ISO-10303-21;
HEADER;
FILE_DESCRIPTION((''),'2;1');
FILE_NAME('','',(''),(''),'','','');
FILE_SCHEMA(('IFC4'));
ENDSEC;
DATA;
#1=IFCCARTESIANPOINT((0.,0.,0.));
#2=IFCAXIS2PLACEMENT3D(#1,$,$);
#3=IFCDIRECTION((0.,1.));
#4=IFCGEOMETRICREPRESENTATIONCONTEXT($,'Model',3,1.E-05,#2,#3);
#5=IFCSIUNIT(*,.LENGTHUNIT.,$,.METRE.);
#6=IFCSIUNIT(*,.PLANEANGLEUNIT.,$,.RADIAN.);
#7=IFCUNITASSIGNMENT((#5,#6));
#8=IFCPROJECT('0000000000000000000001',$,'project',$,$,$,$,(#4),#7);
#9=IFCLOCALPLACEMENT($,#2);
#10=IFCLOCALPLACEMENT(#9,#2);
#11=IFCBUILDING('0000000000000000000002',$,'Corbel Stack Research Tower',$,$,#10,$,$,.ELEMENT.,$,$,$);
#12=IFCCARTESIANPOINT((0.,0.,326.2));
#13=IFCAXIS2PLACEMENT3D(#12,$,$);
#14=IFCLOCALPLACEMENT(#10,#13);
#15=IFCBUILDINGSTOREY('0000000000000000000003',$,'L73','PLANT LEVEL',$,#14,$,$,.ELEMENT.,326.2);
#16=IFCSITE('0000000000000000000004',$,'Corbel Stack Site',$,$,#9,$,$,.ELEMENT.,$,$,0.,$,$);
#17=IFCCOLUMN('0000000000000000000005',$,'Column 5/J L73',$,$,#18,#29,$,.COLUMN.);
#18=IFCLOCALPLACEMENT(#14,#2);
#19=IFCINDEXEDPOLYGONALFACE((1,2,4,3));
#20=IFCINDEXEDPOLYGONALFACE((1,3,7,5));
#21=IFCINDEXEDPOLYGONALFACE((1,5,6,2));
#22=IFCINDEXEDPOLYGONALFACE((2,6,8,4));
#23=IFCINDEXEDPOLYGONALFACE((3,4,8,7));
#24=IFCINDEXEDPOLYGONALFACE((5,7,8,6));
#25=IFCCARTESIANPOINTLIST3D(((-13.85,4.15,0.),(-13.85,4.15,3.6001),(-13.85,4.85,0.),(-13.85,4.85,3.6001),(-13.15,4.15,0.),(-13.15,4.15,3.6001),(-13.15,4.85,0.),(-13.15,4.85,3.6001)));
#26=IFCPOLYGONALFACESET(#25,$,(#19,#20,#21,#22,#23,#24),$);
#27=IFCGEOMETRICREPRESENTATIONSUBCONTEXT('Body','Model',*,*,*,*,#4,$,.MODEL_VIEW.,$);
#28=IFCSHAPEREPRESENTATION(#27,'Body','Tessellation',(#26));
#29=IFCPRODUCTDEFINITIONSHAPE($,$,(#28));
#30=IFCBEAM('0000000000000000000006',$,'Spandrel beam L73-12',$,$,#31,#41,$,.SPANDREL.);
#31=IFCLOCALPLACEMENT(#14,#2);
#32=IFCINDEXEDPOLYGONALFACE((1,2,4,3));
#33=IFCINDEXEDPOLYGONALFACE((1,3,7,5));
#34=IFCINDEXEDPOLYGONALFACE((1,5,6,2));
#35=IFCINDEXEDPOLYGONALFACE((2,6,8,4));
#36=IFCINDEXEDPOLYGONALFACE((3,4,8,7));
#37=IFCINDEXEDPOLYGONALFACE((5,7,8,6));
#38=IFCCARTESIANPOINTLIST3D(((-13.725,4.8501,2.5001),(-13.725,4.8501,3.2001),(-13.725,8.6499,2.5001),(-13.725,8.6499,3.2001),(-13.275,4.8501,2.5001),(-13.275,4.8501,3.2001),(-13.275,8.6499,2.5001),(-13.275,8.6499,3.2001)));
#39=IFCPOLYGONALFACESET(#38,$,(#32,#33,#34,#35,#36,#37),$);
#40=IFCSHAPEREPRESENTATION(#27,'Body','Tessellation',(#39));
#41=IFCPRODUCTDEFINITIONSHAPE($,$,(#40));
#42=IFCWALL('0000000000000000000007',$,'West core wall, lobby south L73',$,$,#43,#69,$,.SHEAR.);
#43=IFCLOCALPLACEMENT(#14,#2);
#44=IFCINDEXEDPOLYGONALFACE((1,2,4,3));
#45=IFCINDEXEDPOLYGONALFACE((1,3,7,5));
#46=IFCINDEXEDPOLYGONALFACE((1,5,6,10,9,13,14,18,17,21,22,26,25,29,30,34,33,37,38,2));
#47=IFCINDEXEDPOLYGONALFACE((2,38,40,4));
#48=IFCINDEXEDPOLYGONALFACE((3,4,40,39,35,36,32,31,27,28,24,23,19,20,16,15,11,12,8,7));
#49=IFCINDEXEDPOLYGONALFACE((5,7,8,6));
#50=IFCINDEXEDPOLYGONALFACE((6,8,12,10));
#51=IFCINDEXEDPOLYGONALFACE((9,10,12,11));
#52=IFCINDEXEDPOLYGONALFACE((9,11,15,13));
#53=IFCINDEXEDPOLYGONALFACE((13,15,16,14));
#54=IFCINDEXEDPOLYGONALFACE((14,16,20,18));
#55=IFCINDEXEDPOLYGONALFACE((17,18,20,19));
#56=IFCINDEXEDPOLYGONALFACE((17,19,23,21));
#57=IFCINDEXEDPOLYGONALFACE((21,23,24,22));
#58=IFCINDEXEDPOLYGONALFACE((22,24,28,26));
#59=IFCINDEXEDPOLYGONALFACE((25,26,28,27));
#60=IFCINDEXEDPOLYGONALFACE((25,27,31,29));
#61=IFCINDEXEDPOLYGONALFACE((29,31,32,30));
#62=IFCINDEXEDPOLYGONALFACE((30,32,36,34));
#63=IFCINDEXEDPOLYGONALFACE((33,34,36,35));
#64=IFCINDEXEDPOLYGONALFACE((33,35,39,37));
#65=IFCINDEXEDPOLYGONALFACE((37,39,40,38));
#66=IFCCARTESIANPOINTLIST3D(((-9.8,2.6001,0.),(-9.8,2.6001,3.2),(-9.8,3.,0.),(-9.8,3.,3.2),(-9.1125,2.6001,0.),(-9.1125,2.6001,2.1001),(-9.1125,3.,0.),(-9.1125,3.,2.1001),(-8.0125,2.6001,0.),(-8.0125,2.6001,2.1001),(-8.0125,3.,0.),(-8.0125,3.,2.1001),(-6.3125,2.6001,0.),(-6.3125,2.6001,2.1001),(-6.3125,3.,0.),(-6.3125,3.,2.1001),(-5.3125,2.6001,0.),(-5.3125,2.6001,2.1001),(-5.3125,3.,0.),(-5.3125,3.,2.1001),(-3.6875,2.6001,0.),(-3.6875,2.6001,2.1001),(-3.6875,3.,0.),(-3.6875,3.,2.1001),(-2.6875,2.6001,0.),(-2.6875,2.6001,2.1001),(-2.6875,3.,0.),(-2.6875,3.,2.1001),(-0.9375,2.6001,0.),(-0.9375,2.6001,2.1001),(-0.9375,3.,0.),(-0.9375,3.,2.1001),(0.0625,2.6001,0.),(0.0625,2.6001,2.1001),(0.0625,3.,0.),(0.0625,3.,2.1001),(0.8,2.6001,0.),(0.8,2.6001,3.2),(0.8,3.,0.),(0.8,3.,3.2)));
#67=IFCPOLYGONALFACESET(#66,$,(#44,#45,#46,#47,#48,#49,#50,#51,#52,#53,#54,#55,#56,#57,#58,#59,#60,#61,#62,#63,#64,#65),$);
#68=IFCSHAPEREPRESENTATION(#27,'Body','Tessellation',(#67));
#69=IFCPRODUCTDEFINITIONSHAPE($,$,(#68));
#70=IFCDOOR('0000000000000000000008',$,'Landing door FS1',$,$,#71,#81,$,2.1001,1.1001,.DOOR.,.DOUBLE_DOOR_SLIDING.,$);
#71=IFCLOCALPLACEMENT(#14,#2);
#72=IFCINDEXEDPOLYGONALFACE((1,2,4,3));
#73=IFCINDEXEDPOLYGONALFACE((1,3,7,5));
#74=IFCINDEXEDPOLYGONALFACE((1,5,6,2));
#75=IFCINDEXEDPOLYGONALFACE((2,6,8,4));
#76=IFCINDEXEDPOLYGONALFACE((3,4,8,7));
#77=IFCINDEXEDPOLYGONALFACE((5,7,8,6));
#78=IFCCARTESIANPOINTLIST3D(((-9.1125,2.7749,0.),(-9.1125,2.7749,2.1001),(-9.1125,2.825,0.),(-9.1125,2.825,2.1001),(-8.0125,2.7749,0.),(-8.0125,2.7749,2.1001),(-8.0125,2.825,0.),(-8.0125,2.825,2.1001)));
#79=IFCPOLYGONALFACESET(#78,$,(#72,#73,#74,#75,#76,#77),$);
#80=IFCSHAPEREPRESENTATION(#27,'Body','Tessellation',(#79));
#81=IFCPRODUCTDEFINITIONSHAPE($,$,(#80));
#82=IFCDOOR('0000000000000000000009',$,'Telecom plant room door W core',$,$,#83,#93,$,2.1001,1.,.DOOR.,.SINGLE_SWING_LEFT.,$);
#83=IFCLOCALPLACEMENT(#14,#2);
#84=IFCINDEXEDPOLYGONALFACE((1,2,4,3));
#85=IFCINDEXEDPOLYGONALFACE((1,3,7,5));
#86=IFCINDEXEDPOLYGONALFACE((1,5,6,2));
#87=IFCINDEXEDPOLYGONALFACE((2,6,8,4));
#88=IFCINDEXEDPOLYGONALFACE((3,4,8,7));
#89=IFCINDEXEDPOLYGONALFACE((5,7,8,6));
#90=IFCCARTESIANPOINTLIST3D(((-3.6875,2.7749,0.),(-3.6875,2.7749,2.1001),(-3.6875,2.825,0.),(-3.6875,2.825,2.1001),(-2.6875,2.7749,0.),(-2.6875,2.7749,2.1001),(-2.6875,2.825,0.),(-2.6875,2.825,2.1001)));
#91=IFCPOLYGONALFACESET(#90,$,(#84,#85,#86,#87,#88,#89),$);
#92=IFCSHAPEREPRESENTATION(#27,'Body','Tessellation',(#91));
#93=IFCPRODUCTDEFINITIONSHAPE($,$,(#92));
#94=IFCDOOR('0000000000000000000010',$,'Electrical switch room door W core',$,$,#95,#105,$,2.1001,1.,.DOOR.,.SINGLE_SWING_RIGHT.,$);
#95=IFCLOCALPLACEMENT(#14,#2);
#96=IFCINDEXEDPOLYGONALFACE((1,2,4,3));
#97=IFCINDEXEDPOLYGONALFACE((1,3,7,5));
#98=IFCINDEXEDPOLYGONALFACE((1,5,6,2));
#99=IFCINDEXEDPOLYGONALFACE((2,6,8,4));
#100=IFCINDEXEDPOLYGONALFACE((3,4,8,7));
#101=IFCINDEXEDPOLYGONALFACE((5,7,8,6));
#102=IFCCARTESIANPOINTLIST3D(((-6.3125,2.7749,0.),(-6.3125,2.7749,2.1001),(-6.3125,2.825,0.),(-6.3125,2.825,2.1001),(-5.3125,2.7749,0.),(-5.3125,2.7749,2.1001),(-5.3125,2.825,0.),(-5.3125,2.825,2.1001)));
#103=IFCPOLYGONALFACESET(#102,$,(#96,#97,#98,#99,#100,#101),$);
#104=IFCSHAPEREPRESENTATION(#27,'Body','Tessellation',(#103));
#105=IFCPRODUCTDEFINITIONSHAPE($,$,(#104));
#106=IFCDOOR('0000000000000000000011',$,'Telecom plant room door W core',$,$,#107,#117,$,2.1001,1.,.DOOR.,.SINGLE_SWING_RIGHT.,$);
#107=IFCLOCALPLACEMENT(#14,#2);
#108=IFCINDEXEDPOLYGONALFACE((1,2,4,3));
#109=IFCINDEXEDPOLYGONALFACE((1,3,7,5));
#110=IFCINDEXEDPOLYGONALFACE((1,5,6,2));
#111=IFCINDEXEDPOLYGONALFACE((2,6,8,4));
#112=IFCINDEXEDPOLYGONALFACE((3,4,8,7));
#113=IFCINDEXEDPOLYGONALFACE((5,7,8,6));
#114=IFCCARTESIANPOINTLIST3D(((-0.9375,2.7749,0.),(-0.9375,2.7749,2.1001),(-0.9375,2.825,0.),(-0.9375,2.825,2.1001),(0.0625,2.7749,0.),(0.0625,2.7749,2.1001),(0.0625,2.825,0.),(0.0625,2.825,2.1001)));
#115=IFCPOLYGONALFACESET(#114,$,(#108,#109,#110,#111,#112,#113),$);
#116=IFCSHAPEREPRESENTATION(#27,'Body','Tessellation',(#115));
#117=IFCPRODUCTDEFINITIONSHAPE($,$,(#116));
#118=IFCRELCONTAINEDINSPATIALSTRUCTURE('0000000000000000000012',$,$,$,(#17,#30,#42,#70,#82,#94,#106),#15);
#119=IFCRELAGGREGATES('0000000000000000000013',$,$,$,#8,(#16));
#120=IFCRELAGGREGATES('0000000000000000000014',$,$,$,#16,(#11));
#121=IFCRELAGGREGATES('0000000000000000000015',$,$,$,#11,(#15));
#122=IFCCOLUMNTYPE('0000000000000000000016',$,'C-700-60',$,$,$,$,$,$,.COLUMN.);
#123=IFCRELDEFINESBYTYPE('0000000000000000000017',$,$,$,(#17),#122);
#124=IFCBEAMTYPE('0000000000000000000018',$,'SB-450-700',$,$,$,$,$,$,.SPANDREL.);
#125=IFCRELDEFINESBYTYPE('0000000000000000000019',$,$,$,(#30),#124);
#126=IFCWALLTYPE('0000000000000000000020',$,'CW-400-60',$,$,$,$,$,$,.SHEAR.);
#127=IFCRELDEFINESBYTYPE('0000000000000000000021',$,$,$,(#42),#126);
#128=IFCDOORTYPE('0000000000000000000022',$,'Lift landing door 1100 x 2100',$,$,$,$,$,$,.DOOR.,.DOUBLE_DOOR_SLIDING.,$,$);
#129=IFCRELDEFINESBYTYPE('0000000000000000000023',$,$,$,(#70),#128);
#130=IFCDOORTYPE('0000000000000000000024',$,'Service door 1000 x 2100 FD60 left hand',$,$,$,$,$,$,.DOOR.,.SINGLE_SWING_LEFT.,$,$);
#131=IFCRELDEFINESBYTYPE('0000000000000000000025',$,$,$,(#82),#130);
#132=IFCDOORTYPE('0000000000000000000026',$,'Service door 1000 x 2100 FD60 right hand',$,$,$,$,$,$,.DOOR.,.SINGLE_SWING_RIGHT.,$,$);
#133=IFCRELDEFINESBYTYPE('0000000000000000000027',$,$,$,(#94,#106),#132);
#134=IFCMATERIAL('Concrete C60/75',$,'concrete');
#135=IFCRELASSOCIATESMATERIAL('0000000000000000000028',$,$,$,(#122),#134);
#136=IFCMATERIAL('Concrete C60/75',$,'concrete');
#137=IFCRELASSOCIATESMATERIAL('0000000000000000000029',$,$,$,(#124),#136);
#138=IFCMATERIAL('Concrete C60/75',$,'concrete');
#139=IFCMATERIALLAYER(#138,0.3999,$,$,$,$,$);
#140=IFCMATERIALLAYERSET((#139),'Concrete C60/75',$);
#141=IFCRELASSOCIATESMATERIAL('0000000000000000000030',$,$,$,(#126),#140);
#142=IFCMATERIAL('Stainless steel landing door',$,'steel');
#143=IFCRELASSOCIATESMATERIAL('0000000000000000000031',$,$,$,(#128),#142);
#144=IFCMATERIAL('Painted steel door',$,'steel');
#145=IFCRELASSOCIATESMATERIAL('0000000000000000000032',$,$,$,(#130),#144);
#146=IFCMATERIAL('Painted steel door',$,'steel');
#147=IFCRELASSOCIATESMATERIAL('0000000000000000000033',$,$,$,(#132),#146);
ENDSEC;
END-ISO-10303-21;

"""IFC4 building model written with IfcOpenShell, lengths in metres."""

from ifc_helpers import new_model, si_unit, direction, frame, frame_2d, origin, origin_2d, place, context, subcontext, project, spatial, rectangle, extrude, material, layer, layer_set, material_profile, profile_set, type_object, element, fill, save


model = new_model("IFC4")

# Units and contexts
model_context = context("Model", 3, precision=1e-05, world=origin(), true_north=direction((0.0, 1.0)))
body_context = subcontext(model_context, "Body", "Model", "MODEL_VIEW")
ifc_project = project(units=[si_unit("LENGTHUNIT", "METRE"), si_unit("PLANEANGLEUNIT", "RADIAN")], contexts=[model_context])

# Site, building, storey
site_placement = place(None, origin())
site = spatial("IfcSite", under=ifc_project, at=site_placement, Name="Corbel Stack Site", CompositionType="ELEMENT", RefElevation=0.0)
building_placement = place(site_placement, origin())
building = spatial("IfcBuilding", under=site, at=building_placement, Name="Corbel Stack Research Tower", CompositionType="ELEMENT")
storey_placement = place(building_placement, frame((0.0, 0.0, 326.2)))
storey = spatial("IfcBuildingStorey", under=building, at=storey_placement, Name="L73", Description="PLANT LEVEL", CompositionType="ELEMENT", Elevation=326.2)

# Column
ifc_material_1 = material(Name="Concrete C60/75", Category="concrete")
ifc_material_profile_1 = material_profile(ifc_material_1, rectangle(XDim=0.7, YDim=0.7, at=origin_2d()), Name="RC 700 x 700")
ifc_profile_set_1 = profile_set([ifc_material_profile_1], Name="Concrete C60/75")
column_type = type_object("IfcColumnType", Name="C-700-60", PredefinedType="COLUMN", material=ifc_profile_set_1)
column_placement = place(storey_placement, frame((-13.5, 4.5, 0.0), z_axis=(0.0, 0.0, 1.0), x_axis=(1.0, 0.0, 0.0)))
element("IfcColumn", 1, at=column_placement, inside=storey, type_object=column_type, Name="Column 5/J L73", PredefinedType="COLUMN", context=body_context, shape_type="SweptSolid", body=[
    extrude(rectangle(XDim=0.7, YDim=0.7, at=origin_2d()), origin(), (0.0, 0.0, 1.0), 3.6001),
])

# Beam
ifc_material_2 = material(Name="Concrete C60/75", Category="concrete")
ifc_material_profile_2 = material_profile(ifc_material_2, rectangle(XDim=0.45, YDim=0.7, at=origin_2d()), Name="RC 450 x 700")
ifc_profile_set_2 = profile_set([ifc_material_profile_2], Name="Concrete C60/75")
beam_type = type_object("IfcBeamType", Name="SB-450-700", PredefinedType="SPANDREL", material=ifc_profile_set_2)
beam_placement = place(storey_placement, frame((-13.5, 8.6499, 2.8501), z_axis=(0.0, -1.0, 0.0), x_axis=(1.0, 0.0, 0.0)))
element("IfcBeam", 2, at=beam_placement, inside=storey, type_object=beam_type, Name="Spandrel beam L73-12", PredefinedType="SPANDREL", context=body_context, shape_type="SweptSolid", body=[
    extrude(rectangle(XDim=0.45, YDim=0.7, at=origin_2d()), origin(), (0.0, 0.0, 1.0), 3.7998),
])

# Wall, openings, doors
ifc_material_3 = material(Name="Concrete C60/75", Category="concrete")
ifc_layer_1 = layer(ifc_material_3, 0.3999)
ifc_layer_set_1 = layer_set([ifc_layer_1], Name="Concrete C60/75")
wall_type_1 = type_object("IfcWallType", Name="CW-400-60", PredefinedType="SHEAR", material=ifc_layer_set_1)
wall_1_placement = place(storey_placement, frame((-9.8, 2.8, 0.0), z_axis=(0.0, 0.0, 1.0), x_axis=(1.0, 0.0, 0.0)))
wall_1 = element("IfcWall", 3, at=wall_1_placement, inside=storey, type_object=wall_type_1, Name="West core wall, lobby south L73", PredefinedType="SHEAR", context=body_context, shape_type="SweptSolid", body=[
    extrude(rectangle(XDim=10.6001, YDim=0.3999, at=frame_2d((5.3, 0.0))), origin(), (0.0, 0.0, 1.0), 3.2),
])
opening_1_placement = place(wall_1_placement, frame((0.6875, 0.0, 0.0)))
opening_1 = element("IfcOpeningElement", 4, at=opening_1_placement, cuts=wall_1, PredefinedType="OPENING", context=body_context, shape_type="SweptSolid", body=[
    extrude(rectangle(XDim=1.1001, YDim=2.1001, at=frame_2d((0.55, 1.05))), frame((0.0, 0.21, 0.0), z_axis=(0.0, -1.0, 0.0), x_axis=(1.0, 0.0, 0.0)), (0.0, 0.0, 1.0), 0.4199),
])
opening_2_placement = place(wall_1_placement, frame((3.4875, 0.0, 0.0)))
opening_2 = element("IfcOpeningElement", 5, at=opening_2_placement, cuts=wall_1, PredefinedType="OPENING", context=body_context, shape_type="SweptSolid", body=[
    extrude(rectangle(XDim=1.0, YDim=2.1001, at=frame_2d((0.5, 1.05))), frame((0.0, 0.21, 0.0), z_axis=(0.0, -1.0, 0.0), x_axis=(1.0, 0.0, 0.0)), (0.0, 0.0, 1.0), 0.4199),
])
opening_3_placement = place(wall_1_placement, frame((6.1125, 0.0, 0.0)))
opening_3 = element("IfcOpeningElement", 6, at=opening_3_placement, cuts=wall_1, PredefinedType="OPENING", context=body_context, shape_type="SweptSolid", body=[
    extrude(rectangle(XDim=1.0, YDim=2.1001, at=frame_2d((0.5, 1.05))), frame((0.0, 0.21, 0.0), z_axis=(0.0, -1.0, 0.0), x_axis=(1.0, 0.0, 0.0)), (0.0, 0.0, 1.0), 0.4199),
])
opening_4_placement = place(wall_1_placement, frame((8.8625, 0.0, 0.0)))
opening_4 = element("IfcOpeningElement", 7, at=opening_4_placement, cuts=wall_1, PredefinedType="OPENING", context=body_context, shape_type="SweptSolid", body=[
    extrude(rectangle(XDim=1.0, YDim=2.1001, at=frame_2d((0.5, 1.05))), frame((0.0, 0.21, 0.0), z_axis=(0.0, -1.0, 0.0), x_axis=(1.0, 0.0, 0.0)), (0.0, 0.0, 1.0), 0.4199),
])
ifc_material_4 = material(Name="Stainless steel landing door", Category="steel")
door_type_1 = type_object("IfcDoorType", Name="Lift landing door 1100 x 2100", OperationType="DOUBLE_DOOR_SLIDING", PredefinedType="DOOR", material=ifc_material_4)
door_1_placement = place(opening_1_placement, origin())
door_1 = element("IfcDoor", 8, at=door_1_placement, inside=storey, type_object=door_type_1, Name="Landing door FS1", OperationType="DOUBLE_DOOR_SLIDING", OverallHeight=2.1001, OverallWidth=1.1001, PredefinedType="DOOR", context=body_context, shape_type="SweptSolid", body=[
    extrude(rectangle(XDim=1.1001, YDim=2.1001, at=frame_2d((0.55, 1.05))), frame((0.0, 0.0249, 0.0), z_axis=(0.0, -1.0, 0.0), x_axis=(1.0, 0.0, 0.0)), (0.0, 0.0, 1.0), 0.05),
])
fill(opening_1, door_1)
ifc_material_5 = material(Name="Painted steel door", Category="steel")
door_type_2 = type_object("IfcDoorType", Name="Service door 1000 x 2100 FD60 left hand", OperationType="SINGLE_SWING_LEFT", PredefinedType="DOOR", material=ifc_material_5)
door_2_placement = place(opening_3_placement, origin())
door_2 = element("IfcDoor", 9, at=door_2_placement, inside=storey, type_object=door_type_2, Name="Telecom plant room door W core", OperationType="SINGLE_SWING_LEFT", OverallHeight=2.1001, OverallWidth=1.0, PredefinedType="DOOR", context=body_context, shape_type="SweptSolid", body=[
    extrude(rectangle(XDim=1.0, YDim=2.1001, at=frame_2d((0.5, 1.05))), frame((0.0, 0.0249, 0.0), z_axis=(0.0, -1.0, 0.0), x_axis=(1.0, 0.0, 0.0)), (0.0, 0.0, 1.0), 0.05),
])
fill(opening_3, door_2)
ifc_material_6 = material(Name="Painted steel door", Category="steel")
door_type_3 = type_object("IfcDoorType", Name="Service door 1000 x 2100 FD60 right hand", OperationType="SINGLE_SWING_RIGHT", PredefinedType="DOOR", material=ifc_material_6)
door_3_placement = place(opening_2_placement, origin())
door_3 = element("IfcDoor", 10, at=door_3_placement, inside=storey, type_object=door_type_3, Name="Electrical switch room door W core", OperationType="SINGLE_SWING_RIGHT", OverallHeight=2.1001, OverallWidth=1.0, PredefinedType="DOOR", context=body_context, shape_type="SweptSolid", body=[
    extrude(rectangle(XDim=1.0, YDim=2.1001, at=frame_2d((0.5, 1.05))), frame((0.0, 0.0249, 0.0), z_axis=(0.0, -1.0, 0.0), x_axis=(1.0, 0.0, 0.0)), (0.0, 0.0, 1.0), 0.05),
])
fill(opening_2, door_3)
door_4_placement = place(opening_4_placement, origin())
door_4 = element("IfcDoor", 11, at=door_4_placement, inside=storey, type_object=door_type_3, Name="Telecom plant room door W core", OperationType="SINGLE_SWING_RIGHT", OverallHeight=2.1001, OverallWidth=1.0, PredefinedType="DOOR", context=body_context, shape_type="SweptSolid", body=[
    extrude(rectangle(XDim=1.0, YDim=2.1001, at=frame_2d((0.5, 1.05))), frame((0.0, 0.0249, 0.0), z_axis=(0.0, -1.0, 0.0), x_axis=(1.0, 0.0, 0.0)), (0.0, 0.0, 1.0), 0.05),
])
fill(opening_4, door_4)

save(model, "model.ifc")
